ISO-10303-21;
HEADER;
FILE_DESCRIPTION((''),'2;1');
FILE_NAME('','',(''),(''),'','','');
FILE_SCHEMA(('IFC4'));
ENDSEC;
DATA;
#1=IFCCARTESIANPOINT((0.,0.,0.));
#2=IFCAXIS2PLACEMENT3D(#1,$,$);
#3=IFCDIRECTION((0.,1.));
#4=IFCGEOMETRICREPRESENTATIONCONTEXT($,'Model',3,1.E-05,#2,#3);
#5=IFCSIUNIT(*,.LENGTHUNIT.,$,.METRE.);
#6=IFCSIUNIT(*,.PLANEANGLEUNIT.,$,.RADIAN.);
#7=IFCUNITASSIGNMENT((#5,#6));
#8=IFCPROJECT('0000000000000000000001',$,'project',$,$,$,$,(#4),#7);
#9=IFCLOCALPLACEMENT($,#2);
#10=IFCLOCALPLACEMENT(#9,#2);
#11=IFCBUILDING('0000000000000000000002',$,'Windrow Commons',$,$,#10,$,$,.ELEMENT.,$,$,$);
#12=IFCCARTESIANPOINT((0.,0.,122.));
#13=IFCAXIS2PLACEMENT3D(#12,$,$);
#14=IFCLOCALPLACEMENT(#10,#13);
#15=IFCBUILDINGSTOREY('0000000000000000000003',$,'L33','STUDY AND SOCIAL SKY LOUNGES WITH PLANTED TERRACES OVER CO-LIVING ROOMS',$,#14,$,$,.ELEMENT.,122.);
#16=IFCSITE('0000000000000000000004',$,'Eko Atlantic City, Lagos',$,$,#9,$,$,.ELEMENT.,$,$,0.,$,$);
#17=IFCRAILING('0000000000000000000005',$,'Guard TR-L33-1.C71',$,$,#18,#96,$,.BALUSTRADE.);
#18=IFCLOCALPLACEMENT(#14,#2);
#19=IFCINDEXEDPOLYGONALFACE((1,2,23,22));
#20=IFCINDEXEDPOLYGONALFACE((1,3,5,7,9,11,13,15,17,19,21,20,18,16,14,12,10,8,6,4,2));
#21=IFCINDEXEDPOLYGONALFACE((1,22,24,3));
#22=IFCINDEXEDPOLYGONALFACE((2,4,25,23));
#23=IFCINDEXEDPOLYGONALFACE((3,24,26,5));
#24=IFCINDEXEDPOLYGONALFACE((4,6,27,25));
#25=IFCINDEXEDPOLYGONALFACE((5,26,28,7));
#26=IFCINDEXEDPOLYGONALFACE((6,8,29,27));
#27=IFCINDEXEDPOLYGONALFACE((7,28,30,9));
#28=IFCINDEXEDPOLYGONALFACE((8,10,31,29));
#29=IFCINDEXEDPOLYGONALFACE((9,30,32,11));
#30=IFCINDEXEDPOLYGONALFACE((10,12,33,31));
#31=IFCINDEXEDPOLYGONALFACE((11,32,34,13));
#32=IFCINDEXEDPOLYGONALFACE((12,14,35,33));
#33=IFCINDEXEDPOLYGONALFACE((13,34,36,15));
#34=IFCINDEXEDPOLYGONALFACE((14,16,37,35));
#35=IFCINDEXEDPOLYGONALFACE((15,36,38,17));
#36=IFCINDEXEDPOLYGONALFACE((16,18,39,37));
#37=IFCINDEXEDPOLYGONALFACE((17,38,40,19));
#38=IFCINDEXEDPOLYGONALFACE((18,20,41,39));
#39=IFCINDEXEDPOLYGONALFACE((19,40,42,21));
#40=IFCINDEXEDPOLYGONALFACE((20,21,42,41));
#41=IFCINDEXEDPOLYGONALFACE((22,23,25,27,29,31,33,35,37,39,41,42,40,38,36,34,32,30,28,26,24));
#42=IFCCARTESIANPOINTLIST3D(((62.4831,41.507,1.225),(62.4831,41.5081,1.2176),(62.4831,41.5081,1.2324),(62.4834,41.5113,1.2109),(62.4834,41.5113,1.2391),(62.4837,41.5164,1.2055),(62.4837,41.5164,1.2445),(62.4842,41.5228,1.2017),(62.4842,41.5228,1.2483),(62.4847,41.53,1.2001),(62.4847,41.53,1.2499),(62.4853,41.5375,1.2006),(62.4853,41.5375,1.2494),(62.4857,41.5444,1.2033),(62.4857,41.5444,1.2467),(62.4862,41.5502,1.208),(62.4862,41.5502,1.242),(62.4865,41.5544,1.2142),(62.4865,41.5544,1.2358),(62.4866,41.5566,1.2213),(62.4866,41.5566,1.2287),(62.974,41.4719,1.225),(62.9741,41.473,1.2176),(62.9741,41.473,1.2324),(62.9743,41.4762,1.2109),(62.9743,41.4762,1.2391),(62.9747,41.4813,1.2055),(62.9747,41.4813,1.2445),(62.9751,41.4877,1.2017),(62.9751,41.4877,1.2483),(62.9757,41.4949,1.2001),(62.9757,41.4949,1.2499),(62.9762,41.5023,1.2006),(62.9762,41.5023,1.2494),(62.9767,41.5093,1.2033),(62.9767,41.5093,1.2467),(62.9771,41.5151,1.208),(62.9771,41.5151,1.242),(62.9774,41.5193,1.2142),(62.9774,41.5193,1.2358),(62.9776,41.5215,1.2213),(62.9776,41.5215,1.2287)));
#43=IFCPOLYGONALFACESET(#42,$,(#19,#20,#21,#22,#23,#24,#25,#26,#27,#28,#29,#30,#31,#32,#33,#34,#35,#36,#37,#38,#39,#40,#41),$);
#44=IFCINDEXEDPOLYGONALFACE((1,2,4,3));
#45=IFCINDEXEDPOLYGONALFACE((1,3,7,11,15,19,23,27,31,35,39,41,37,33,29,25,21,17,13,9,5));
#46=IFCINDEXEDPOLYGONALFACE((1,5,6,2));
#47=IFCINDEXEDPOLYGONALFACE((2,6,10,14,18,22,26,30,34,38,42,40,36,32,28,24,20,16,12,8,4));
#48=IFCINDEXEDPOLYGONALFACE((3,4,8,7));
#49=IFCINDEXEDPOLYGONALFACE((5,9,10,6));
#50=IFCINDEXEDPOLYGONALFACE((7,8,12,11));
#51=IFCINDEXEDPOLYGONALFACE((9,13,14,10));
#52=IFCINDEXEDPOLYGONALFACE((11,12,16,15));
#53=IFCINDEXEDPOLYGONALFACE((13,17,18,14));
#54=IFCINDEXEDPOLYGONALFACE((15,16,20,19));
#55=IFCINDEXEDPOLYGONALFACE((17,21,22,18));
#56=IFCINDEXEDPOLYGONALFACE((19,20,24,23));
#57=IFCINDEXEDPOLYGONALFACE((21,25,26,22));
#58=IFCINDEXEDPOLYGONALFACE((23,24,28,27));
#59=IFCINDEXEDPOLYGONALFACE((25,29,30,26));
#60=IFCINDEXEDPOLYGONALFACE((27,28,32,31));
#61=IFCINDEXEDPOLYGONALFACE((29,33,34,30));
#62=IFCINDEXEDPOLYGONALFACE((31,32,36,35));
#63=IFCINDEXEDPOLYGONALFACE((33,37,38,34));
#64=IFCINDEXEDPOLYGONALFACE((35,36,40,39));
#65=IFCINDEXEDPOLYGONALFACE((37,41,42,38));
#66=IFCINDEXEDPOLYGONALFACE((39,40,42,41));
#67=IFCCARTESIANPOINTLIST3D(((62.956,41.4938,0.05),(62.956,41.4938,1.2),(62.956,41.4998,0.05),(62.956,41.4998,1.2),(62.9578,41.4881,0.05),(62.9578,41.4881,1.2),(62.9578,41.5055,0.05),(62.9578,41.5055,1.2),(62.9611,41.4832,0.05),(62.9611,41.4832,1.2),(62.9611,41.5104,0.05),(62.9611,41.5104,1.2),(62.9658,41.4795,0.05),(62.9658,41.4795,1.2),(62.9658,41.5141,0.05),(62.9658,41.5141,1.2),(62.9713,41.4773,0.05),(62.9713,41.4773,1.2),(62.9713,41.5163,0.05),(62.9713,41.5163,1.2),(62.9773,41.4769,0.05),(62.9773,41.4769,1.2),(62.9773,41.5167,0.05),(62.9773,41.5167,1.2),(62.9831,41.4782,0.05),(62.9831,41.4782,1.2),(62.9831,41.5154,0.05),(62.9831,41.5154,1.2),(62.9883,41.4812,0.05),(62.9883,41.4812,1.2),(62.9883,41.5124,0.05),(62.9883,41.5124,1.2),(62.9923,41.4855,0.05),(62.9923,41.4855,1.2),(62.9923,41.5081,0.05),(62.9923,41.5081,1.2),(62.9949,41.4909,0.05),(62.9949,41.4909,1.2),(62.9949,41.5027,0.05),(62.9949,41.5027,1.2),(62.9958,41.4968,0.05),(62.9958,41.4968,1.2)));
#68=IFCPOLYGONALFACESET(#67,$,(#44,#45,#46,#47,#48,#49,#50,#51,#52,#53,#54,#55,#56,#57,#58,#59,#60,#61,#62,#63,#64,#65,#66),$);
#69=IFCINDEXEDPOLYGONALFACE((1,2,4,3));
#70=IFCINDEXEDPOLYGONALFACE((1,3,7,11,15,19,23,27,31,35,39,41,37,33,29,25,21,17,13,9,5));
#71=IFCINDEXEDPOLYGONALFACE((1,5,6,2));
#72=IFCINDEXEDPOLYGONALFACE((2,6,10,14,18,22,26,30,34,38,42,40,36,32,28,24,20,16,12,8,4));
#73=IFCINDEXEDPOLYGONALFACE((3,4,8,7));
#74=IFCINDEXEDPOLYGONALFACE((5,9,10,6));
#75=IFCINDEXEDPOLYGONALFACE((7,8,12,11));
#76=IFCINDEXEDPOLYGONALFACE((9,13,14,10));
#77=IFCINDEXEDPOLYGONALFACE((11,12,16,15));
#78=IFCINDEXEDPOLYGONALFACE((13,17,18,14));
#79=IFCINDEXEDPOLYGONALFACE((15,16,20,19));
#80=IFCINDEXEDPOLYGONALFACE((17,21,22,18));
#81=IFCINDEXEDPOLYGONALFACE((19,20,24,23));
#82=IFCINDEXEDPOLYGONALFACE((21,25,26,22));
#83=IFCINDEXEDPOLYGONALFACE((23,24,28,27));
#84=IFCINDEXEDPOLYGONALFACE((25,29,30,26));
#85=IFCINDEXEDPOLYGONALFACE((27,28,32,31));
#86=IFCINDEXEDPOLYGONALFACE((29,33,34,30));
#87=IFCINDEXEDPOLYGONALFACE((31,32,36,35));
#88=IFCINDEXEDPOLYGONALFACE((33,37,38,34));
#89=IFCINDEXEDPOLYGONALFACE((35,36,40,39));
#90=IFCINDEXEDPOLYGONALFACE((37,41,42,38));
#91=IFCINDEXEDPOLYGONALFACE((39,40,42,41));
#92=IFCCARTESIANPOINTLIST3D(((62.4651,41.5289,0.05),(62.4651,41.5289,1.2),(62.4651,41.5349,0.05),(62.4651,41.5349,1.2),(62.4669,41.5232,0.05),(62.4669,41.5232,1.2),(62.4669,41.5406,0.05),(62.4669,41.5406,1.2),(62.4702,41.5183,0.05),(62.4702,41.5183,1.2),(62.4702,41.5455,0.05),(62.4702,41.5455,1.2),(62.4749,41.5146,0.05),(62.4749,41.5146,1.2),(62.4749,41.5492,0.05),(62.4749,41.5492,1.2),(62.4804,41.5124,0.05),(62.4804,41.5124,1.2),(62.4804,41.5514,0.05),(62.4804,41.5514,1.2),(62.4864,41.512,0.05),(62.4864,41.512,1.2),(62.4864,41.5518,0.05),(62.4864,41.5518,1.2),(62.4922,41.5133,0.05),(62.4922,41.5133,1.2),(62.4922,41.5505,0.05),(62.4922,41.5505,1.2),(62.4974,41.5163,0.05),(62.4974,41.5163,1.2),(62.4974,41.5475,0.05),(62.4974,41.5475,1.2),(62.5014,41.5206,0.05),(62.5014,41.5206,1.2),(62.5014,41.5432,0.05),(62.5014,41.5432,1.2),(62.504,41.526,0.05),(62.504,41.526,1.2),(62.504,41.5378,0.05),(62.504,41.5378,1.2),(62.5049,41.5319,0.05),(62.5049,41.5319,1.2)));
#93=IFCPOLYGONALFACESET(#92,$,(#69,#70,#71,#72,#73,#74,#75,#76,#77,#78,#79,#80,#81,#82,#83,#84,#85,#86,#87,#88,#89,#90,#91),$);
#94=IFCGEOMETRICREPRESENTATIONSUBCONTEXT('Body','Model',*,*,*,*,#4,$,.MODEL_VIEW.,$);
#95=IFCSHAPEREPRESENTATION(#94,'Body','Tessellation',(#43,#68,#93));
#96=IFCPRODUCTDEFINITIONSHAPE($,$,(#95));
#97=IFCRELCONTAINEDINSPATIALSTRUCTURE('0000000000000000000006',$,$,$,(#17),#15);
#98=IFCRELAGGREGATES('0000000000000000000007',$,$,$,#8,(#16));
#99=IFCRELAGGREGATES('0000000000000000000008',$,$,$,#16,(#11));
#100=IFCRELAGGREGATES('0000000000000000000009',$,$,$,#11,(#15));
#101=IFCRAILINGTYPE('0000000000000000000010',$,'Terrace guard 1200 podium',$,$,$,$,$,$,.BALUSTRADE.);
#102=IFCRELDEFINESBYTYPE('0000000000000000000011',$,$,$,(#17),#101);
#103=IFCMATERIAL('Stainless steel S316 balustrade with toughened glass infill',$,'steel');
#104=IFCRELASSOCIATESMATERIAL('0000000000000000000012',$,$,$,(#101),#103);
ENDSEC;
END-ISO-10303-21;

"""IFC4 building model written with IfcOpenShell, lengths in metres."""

from ifc_helpers import new_model, si_unit, direction, frame, origin, origin_2d, place, context, subcontext, project, spatial, circle, extrude, material, type_object, element, save


model = new_model("IFC4")

# Units and contexts
model_context = context("Model", 3, precision=1e-05, world=origin(), true_north=direction((0.0, 1.0)))
body_context = subcontext(model_context, "Body", "Model", "MODEL_VIEW")
ifc_project = project(units=[si_unit("LENGTHUNIT", "METRE"), si_unit("PLANEANGLEUNIT", "RADIAN")], contexts=[model_context])

# Site, building, storey
site_placement = place(None, origin())
site = spatial("IfcSite", under=ifc_project, at=site_placement, Name="Eko Atlantic City, Lagos", CompositionType="ELEMENT", RefElevation=0.0)
building_placement = place(site_placement, origin())
building = spatial("IfcBuilding", under=site, at=building_placement, Name="Windrow Commons", CompositionType="ELEMENT")
storey_placement = place(building_placement, frame((0.0, 0.0, 122.0)))
storey = spatial("IfcBuildingStorey", under=building, at=storey_placement, Name="L33", Description="STUDY AND SOCIAL SKY LOUNGES WITH PLANTED TERRACES OVER CO-LIVING ROOMS", CompositionType="ELEMENT", Elevation=122.0)

# Railing
ifc_material_1 = material(Name="Stainless steel S316 balustrade with toughened glass infill", Category="steel")
railing_type = type_object("IfcRailingType", Name="Terrace guard 1200 podium", PredefinedType="BALUSTRADE", material=ifc_material_1)
railing_1_placement = place(storey_placement, frame((62.9758, 41.4968, 0.05)))
element("IfcRailing", 1, at=railing_1_placement, inside=storey, type_object=railing_type, Name="Guard TR-L33-1.C71", PredefinedType="BALUSTRADE", context=body_context, shape_type="SweptSolid", body=[
    extrude(circle(Radius=0.025, at=origin_2d()), frame((0.0, 0.0, 1.175), z_axis=(-0.997454, 0.071319, 0.0), x_axis=(-0.071319, -0.997454, 0.0)), (0.0, 0.0, 1.0), 0.4922),
    extrude(circle(Radius=0.02, at=origin_2d()), origin(), (0.0, 0.0, 1.0), 1.15),
    extrude(circle(Radius=0.02, at=origin_2d()), frame((-0.4909, 0.0351, 0.0)), (0.0, 0.0, 1.0), 1.15),
])

save(model, "model.ifc")
